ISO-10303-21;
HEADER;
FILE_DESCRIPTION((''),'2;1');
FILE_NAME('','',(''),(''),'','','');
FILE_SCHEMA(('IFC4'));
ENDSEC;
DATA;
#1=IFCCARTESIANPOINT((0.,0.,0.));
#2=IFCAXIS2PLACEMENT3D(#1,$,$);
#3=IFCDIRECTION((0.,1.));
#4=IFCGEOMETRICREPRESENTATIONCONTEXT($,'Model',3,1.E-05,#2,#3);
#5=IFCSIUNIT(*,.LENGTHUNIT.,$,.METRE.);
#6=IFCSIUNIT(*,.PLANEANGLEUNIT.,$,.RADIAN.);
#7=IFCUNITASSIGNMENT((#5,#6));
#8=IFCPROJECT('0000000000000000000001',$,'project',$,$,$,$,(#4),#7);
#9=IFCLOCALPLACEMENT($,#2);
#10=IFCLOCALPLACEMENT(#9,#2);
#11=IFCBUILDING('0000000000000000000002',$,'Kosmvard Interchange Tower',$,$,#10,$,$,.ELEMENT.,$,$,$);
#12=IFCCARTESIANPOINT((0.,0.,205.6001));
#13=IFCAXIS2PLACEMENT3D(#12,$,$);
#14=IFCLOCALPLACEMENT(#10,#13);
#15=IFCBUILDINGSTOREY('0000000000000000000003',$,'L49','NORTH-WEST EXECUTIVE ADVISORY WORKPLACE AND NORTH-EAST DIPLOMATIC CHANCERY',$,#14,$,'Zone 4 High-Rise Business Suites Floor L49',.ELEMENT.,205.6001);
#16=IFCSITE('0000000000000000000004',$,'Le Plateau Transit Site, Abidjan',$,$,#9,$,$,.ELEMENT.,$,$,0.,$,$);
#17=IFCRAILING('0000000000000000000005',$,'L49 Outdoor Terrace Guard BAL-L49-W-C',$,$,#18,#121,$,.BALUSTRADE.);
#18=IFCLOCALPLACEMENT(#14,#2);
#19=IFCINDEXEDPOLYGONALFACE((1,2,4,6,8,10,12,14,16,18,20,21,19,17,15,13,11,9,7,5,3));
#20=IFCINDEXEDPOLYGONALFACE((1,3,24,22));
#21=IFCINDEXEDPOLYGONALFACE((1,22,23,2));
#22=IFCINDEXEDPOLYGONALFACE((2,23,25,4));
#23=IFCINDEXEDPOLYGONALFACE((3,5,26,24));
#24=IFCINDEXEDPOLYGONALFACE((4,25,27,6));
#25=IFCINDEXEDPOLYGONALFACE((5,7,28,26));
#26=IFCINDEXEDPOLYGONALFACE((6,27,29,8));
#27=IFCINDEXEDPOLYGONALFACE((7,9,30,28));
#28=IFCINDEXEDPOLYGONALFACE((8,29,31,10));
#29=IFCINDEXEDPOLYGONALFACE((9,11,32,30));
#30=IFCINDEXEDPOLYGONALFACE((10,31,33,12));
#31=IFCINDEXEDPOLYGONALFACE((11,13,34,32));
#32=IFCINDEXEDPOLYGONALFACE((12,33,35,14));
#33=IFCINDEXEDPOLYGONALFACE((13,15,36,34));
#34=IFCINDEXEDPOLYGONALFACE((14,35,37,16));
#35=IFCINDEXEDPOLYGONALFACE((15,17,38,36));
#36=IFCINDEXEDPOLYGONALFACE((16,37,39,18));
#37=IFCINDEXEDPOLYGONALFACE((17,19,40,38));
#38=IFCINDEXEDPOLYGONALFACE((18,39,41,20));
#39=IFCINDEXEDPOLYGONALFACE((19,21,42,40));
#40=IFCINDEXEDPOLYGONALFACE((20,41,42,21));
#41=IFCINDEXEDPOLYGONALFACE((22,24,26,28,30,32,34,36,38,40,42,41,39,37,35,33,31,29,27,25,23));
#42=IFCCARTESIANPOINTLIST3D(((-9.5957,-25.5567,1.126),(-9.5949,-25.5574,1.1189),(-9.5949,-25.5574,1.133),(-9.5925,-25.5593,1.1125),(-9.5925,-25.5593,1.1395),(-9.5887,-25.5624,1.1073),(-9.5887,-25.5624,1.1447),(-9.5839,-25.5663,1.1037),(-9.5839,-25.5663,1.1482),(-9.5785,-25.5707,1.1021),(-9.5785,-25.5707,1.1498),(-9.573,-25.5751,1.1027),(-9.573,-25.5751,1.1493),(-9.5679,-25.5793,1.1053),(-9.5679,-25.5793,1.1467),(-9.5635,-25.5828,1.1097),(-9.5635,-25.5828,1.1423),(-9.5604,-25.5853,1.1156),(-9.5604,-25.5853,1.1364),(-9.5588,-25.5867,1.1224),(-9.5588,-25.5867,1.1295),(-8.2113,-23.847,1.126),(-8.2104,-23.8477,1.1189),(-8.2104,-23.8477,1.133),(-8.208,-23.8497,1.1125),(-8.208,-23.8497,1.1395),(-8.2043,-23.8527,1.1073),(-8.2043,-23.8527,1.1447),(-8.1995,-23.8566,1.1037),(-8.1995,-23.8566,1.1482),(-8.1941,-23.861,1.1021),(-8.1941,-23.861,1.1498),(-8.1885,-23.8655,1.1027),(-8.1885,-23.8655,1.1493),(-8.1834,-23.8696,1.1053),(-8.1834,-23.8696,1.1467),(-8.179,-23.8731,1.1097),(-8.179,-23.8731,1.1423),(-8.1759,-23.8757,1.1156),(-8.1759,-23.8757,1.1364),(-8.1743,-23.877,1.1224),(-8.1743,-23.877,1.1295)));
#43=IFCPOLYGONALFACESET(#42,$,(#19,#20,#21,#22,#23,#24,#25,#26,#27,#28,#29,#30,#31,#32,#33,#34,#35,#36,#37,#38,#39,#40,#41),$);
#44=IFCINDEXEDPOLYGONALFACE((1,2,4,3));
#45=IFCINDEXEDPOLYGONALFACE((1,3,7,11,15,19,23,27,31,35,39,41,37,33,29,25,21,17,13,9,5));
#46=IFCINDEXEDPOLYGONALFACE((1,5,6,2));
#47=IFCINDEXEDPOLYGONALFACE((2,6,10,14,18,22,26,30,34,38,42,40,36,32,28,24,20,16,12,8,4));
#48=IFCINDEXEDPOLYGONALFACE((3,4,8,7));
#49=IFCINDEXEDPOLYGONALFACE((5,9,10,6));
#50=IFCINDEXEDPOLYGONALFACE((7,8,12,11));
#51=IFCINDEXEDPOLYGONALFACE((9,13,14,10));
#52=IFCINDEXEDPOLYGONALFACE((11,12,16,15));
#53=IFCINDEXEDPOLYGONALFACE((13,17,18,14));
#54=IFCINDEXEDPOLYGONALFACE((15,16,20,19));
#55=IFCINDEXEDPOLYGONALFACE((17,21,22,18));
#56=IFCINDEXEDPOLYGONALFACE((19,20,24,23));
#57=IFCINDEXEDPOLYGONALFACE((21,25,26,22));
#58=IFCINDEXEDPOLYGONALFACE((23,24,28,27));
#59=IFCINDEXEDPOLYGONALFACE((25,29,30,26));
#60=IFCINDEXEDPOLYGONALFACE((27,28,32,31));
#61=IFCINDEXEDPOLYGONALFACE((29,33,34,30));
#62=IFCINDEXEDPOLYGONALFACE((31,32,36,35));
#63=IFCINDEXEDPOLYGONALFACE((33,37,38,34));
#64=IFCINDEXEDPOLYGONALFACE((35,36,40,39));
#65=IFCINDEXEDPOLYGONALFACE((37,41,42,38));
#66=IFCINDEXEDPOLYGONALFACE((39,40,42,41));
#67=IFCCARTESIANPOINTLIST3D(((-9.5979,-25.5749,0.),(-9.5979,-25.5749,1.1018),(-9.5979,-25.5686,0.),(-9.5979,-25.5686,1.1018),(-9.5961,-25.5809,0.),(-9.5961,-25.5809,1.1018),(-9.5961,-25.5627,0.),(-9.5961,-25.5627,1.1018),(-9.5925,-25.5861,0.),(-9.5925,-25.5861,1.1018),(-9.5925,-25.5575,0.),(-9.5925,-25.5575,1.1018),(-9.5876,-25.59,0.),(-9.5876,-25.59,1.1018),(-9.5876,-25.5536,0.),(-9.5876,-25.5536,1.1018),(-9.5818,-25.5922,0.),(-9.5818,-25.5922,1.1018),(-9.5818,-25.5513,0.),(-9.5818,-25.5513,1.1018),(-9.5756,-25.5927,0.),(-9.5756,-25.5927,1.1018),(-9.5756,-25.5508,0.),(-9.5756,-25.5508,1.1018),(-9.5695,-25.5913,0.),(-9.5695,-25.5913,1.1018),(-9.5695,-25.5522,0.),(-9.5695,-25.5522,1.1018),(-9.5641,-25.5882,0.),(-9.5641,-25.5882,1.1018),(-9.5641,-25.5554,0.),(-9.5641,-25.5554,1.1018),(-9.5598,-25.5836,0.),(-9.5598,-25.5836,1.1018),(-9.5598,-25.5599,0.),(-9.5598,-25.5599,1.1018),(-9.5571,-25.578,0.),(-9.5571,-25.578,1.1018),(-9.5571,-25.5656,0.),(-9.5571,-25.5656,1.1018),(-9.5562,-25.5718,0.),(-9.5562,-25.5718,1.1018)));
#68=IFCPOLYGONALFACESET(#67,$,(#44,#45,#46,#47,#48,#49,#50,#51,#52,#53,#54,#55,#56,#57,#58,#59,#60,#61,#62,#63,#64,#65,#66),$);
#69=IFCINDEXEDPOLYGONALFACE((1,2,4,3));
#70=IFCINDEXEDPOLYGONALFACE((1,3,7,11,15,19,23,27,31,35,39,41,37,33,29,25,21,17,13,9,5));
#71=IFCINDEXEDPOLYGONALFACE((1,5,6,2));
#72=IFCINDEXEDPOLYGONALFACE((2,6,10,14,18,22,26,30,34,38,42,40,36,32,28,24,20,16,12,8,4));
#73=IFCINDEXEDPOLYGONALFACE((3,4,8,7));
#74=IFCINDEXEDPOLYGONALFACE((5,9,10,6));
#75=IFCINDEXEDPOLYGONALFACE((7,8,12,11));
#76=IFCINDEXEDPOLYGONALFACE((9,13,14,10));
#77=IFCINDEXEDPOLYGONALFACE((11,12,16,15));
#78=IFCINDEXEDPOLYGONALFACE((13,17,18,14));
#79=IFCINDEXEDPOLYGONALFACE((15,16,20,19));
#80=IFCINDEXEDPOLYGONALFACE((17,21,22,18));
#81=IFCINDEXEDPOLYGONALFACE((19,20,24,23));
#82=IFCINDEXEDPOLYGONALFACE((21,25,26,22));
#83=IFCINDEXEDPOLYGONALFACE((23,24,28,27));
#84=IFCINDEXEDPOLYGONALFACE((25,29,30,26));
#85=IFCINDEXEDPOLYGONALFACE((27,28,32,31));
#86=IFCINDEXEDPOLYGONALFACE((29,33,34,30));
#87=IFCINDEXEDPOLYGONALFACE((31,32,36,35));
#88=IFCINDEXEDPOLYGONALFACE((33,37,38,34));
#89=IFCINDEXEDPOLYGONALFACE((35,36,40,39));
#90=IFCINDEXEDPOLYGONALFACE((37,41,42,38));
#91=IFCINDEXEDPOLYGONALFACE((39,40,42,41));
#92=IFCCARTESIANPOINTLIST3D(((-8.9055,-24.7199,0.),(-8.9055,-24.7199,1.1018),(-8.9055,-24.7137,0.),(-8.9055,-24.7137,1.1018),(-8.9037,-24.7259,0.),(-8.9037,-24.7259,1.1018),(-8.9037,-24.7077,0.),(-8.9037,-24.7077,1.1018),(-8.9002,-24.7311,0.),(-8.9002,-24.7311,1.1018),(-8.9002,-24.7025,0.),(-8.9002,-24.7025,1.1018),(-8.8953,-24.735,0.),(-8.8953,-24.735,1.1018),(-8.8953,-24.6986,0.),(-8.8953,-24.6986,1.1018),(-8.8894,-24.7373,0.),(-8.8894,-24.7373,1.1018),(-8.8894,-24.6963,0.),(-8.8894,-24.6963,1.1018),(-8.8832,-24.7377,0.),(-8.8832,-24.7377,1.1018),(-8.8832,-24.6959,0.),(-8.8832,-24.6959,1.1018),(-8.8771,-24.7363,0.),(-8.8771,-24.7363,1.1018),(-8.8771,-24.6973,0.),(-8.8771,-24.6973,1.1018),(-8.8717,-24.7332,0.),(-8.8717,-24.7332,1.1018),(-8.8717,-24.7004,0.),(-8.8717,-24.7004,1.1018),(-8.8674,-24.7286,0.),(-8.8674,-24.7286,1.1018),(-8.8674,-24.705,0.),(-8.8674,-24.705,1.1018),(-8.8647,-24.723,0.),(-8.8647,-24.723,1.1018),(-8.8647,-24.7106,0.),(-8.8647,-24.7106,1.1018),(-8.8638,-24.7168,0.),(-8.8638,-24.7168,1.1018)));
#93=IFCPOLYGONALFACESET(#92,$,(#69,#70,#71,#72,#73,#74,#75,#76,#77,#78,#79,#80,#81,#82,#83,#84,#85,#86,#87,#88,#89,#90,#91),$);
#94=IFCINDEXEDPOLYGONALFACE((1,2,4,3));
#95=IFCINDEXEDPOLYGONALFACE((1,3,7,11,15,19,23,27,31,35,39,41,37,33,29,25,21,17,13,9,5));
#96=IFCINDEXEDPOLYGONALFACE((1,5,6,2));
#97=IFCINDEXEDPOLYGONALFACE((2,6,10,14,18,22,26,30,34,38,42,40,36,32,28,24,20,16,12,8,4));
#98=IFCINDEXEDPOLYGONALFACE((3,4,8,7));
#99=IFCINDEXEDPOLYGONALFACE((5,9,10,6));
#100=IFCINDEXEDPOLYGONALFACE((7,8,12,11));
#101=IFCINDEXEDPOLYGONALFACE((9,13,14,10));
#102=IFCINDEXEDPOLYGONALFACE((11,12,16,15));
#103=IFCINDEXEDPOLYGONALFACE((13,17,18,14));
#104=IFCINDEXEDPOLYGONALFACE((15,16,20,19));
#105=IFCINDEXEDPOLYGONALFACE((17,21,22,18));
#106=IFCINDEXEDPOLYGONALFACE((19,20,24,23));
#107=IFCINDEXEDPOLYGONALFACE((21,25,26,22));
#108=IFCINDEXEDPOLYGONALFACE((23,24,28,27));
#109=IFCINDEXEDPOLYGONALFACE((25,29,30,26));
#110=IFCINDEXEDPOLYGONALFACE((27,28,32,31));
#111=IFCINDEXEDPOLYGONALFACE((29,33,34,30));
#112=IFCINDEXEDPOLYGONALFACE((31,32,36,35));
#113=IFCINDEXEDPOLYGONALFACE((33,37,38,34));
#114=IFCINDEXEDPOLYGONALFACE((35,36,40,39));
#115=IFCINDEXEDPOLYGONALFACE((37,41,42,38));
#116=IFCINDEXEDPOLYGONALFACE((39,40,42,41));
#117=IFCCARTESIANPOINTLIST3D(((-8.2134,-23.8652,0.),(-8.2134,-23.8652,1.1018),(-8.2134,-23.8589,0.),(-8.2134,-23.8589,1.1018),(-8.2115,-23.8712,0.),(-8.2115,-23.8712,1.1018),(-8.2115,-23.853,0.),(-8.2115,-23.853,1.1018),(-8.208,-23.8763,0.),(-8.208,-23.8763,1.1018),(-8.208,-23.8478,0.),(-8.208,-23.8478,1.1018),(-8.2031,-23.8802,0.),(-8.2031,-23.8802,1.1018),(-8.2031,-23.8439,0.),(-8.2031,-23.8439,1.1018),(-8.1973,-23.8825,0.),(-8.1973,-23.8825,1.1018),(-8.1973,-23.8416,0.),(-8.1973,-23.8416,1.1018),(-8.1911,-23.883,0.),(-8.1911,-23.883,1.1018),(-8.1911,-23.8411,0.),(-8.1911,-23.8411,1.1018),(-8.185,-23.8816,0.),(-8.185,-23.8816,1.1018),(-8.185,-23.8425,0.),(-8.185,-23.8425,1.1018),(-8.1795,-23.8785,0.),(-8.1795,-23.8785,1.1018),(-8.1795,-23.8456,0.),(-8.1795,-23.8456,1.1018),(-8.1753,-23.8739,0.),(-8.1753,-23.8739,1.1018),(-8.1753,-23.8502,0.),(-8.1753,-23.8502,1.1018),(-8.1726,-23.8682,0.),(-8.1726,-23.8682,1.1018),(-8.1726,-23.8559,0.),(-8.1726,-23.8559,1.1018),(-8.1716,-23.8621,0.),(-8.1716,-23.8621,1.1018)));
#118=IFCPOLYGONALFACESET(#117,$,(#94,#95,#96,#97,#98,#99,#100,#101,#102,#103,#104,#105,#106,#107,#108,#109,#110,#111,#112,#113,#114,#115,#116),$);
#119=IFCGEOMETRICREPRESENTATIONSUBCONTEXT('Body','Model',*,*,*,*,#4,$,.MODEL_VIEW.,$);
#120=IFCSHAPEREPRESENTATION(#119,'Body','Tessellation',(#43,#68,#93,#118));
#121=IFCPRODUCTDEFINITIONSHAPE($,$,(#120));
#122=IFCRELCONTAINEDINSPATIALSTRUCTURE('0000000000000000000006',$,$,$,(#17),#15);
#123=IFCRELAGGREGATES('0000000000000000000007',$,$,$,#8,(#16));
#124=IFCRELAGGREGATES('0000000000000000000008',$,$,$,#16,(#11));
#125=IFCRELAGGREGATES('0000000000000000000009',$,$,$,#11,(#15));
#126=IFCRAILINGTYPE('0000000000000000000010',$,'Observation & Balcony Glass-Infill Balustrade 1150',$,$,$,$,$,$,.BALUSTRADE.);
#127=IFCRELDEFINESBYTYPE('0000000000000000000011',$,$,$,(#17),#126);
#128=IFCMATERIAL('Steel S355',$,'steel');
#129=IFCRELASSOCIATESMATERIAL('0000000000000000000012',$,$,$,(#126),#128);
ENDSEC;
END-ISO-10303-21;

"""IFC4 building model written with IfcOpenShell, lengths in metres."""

from ifc_helpers import new_model, si_unit, direction, frame, origin, origin_2d, place, context, subcontext, project, spatial, circle, extrude, source, transform, mapped, material, type_object, element, save


model = new_model("IFC4")

# Units and contexts
model_context = context("Model", 3, precision=1e-05, world=origin(), true_north=direction((0.0, 1.0)))
body_context = subcontext(model_context, "Body", "Model", "MODEL_VIEW")
ifc_project = project(units=[si_unit("LENGTHUNIT", "METRE"), si_unit("PLANEANGLEUNIT", "RADIAN")], contexts=[model_context])

# Site, building, storey
site_placement = place(None, origin())
site = spatial("IfcSite", under=ifc_project, at=site_placement, Name="Le Plateau Transit Site, Abidjan", CompositionType="ELEMENT", RefElevation=0.0)
building_placement = place(site_placement, origin())
building = spatial("IfcBuilding", under=site, at=building_placement, Name="Kosmvard Interchange Tower", CompositionType="ELEMENT")
storey_placement = place(building_placement, frame((0.0, 0.0, 205.6001)))
storey = spatial("IfcBuildingStorey", under=building, at=storey_placement, Name="L49", Description="NORTH-WEST EXECUTIVE ADVISORY WORKPLACE AND NORTH-EAST DIPLOMATIC CHANCERY", LongName="Zone 4 High-Rise Business Suites Floor L49", CompositionType="ELEMENT", Elevation=205.6001)

# Shared definitions
ifc_material_1 = material(Name="Steel S355", Category="steel")

# Railing
railing_type = type_object("IfcRailingType", Name="Observation & Balcony Glass-Infill Balustrade 1150", PredefinedType="BALUSTRADE", material=ifc_material_1)
shared_shape_1 = source(origin(), body_context, "Body", "SweptSolid", [
    extrude(circle(Radius=0.0239, at=origin_2d()), frame((0.0, 0.0, 1.126), z_axis=(0.629326, 0.777141, 0.0), x_axis=(-0.777141, 0.629326, 0.0)), (0.0, 0.0, 1.0), 2.2),
    extrude(circle(Radius=0.021, at=origin_2d()), origin(), (0.0, 0.0, 1.0), 1.1018),
    extrude(circle(Radius=0.021, at=origin_2d()), frame((0.6924, 0.855, 0.0)), (0.0, 0.0, 1.0), 1.1018),
    extrude(circle(Radius=0.021, at=origin_2d()), frame((1.3845, 1.7097, 0.0)), (0.0, 0.0, 1.0), 1.1018),
])
railing_placement = place(storey_placement, frame((-9.5771, -25.5718, 0.0)))
element("IfcRailing", 1, at=railing_placement, inside=storey, type_object=railing_type, Name="L49 Outdoor Terrace Guard BAL-L49-W-C", PredefinedType="BALUSTRADE", context=body_context, shape_type="MappedRepresentation", body=[
    mapped(shared_shape_1, transform((0.0, 0.0, 0.0), scale=1.0)),
])

save(model, "model.ifc")
